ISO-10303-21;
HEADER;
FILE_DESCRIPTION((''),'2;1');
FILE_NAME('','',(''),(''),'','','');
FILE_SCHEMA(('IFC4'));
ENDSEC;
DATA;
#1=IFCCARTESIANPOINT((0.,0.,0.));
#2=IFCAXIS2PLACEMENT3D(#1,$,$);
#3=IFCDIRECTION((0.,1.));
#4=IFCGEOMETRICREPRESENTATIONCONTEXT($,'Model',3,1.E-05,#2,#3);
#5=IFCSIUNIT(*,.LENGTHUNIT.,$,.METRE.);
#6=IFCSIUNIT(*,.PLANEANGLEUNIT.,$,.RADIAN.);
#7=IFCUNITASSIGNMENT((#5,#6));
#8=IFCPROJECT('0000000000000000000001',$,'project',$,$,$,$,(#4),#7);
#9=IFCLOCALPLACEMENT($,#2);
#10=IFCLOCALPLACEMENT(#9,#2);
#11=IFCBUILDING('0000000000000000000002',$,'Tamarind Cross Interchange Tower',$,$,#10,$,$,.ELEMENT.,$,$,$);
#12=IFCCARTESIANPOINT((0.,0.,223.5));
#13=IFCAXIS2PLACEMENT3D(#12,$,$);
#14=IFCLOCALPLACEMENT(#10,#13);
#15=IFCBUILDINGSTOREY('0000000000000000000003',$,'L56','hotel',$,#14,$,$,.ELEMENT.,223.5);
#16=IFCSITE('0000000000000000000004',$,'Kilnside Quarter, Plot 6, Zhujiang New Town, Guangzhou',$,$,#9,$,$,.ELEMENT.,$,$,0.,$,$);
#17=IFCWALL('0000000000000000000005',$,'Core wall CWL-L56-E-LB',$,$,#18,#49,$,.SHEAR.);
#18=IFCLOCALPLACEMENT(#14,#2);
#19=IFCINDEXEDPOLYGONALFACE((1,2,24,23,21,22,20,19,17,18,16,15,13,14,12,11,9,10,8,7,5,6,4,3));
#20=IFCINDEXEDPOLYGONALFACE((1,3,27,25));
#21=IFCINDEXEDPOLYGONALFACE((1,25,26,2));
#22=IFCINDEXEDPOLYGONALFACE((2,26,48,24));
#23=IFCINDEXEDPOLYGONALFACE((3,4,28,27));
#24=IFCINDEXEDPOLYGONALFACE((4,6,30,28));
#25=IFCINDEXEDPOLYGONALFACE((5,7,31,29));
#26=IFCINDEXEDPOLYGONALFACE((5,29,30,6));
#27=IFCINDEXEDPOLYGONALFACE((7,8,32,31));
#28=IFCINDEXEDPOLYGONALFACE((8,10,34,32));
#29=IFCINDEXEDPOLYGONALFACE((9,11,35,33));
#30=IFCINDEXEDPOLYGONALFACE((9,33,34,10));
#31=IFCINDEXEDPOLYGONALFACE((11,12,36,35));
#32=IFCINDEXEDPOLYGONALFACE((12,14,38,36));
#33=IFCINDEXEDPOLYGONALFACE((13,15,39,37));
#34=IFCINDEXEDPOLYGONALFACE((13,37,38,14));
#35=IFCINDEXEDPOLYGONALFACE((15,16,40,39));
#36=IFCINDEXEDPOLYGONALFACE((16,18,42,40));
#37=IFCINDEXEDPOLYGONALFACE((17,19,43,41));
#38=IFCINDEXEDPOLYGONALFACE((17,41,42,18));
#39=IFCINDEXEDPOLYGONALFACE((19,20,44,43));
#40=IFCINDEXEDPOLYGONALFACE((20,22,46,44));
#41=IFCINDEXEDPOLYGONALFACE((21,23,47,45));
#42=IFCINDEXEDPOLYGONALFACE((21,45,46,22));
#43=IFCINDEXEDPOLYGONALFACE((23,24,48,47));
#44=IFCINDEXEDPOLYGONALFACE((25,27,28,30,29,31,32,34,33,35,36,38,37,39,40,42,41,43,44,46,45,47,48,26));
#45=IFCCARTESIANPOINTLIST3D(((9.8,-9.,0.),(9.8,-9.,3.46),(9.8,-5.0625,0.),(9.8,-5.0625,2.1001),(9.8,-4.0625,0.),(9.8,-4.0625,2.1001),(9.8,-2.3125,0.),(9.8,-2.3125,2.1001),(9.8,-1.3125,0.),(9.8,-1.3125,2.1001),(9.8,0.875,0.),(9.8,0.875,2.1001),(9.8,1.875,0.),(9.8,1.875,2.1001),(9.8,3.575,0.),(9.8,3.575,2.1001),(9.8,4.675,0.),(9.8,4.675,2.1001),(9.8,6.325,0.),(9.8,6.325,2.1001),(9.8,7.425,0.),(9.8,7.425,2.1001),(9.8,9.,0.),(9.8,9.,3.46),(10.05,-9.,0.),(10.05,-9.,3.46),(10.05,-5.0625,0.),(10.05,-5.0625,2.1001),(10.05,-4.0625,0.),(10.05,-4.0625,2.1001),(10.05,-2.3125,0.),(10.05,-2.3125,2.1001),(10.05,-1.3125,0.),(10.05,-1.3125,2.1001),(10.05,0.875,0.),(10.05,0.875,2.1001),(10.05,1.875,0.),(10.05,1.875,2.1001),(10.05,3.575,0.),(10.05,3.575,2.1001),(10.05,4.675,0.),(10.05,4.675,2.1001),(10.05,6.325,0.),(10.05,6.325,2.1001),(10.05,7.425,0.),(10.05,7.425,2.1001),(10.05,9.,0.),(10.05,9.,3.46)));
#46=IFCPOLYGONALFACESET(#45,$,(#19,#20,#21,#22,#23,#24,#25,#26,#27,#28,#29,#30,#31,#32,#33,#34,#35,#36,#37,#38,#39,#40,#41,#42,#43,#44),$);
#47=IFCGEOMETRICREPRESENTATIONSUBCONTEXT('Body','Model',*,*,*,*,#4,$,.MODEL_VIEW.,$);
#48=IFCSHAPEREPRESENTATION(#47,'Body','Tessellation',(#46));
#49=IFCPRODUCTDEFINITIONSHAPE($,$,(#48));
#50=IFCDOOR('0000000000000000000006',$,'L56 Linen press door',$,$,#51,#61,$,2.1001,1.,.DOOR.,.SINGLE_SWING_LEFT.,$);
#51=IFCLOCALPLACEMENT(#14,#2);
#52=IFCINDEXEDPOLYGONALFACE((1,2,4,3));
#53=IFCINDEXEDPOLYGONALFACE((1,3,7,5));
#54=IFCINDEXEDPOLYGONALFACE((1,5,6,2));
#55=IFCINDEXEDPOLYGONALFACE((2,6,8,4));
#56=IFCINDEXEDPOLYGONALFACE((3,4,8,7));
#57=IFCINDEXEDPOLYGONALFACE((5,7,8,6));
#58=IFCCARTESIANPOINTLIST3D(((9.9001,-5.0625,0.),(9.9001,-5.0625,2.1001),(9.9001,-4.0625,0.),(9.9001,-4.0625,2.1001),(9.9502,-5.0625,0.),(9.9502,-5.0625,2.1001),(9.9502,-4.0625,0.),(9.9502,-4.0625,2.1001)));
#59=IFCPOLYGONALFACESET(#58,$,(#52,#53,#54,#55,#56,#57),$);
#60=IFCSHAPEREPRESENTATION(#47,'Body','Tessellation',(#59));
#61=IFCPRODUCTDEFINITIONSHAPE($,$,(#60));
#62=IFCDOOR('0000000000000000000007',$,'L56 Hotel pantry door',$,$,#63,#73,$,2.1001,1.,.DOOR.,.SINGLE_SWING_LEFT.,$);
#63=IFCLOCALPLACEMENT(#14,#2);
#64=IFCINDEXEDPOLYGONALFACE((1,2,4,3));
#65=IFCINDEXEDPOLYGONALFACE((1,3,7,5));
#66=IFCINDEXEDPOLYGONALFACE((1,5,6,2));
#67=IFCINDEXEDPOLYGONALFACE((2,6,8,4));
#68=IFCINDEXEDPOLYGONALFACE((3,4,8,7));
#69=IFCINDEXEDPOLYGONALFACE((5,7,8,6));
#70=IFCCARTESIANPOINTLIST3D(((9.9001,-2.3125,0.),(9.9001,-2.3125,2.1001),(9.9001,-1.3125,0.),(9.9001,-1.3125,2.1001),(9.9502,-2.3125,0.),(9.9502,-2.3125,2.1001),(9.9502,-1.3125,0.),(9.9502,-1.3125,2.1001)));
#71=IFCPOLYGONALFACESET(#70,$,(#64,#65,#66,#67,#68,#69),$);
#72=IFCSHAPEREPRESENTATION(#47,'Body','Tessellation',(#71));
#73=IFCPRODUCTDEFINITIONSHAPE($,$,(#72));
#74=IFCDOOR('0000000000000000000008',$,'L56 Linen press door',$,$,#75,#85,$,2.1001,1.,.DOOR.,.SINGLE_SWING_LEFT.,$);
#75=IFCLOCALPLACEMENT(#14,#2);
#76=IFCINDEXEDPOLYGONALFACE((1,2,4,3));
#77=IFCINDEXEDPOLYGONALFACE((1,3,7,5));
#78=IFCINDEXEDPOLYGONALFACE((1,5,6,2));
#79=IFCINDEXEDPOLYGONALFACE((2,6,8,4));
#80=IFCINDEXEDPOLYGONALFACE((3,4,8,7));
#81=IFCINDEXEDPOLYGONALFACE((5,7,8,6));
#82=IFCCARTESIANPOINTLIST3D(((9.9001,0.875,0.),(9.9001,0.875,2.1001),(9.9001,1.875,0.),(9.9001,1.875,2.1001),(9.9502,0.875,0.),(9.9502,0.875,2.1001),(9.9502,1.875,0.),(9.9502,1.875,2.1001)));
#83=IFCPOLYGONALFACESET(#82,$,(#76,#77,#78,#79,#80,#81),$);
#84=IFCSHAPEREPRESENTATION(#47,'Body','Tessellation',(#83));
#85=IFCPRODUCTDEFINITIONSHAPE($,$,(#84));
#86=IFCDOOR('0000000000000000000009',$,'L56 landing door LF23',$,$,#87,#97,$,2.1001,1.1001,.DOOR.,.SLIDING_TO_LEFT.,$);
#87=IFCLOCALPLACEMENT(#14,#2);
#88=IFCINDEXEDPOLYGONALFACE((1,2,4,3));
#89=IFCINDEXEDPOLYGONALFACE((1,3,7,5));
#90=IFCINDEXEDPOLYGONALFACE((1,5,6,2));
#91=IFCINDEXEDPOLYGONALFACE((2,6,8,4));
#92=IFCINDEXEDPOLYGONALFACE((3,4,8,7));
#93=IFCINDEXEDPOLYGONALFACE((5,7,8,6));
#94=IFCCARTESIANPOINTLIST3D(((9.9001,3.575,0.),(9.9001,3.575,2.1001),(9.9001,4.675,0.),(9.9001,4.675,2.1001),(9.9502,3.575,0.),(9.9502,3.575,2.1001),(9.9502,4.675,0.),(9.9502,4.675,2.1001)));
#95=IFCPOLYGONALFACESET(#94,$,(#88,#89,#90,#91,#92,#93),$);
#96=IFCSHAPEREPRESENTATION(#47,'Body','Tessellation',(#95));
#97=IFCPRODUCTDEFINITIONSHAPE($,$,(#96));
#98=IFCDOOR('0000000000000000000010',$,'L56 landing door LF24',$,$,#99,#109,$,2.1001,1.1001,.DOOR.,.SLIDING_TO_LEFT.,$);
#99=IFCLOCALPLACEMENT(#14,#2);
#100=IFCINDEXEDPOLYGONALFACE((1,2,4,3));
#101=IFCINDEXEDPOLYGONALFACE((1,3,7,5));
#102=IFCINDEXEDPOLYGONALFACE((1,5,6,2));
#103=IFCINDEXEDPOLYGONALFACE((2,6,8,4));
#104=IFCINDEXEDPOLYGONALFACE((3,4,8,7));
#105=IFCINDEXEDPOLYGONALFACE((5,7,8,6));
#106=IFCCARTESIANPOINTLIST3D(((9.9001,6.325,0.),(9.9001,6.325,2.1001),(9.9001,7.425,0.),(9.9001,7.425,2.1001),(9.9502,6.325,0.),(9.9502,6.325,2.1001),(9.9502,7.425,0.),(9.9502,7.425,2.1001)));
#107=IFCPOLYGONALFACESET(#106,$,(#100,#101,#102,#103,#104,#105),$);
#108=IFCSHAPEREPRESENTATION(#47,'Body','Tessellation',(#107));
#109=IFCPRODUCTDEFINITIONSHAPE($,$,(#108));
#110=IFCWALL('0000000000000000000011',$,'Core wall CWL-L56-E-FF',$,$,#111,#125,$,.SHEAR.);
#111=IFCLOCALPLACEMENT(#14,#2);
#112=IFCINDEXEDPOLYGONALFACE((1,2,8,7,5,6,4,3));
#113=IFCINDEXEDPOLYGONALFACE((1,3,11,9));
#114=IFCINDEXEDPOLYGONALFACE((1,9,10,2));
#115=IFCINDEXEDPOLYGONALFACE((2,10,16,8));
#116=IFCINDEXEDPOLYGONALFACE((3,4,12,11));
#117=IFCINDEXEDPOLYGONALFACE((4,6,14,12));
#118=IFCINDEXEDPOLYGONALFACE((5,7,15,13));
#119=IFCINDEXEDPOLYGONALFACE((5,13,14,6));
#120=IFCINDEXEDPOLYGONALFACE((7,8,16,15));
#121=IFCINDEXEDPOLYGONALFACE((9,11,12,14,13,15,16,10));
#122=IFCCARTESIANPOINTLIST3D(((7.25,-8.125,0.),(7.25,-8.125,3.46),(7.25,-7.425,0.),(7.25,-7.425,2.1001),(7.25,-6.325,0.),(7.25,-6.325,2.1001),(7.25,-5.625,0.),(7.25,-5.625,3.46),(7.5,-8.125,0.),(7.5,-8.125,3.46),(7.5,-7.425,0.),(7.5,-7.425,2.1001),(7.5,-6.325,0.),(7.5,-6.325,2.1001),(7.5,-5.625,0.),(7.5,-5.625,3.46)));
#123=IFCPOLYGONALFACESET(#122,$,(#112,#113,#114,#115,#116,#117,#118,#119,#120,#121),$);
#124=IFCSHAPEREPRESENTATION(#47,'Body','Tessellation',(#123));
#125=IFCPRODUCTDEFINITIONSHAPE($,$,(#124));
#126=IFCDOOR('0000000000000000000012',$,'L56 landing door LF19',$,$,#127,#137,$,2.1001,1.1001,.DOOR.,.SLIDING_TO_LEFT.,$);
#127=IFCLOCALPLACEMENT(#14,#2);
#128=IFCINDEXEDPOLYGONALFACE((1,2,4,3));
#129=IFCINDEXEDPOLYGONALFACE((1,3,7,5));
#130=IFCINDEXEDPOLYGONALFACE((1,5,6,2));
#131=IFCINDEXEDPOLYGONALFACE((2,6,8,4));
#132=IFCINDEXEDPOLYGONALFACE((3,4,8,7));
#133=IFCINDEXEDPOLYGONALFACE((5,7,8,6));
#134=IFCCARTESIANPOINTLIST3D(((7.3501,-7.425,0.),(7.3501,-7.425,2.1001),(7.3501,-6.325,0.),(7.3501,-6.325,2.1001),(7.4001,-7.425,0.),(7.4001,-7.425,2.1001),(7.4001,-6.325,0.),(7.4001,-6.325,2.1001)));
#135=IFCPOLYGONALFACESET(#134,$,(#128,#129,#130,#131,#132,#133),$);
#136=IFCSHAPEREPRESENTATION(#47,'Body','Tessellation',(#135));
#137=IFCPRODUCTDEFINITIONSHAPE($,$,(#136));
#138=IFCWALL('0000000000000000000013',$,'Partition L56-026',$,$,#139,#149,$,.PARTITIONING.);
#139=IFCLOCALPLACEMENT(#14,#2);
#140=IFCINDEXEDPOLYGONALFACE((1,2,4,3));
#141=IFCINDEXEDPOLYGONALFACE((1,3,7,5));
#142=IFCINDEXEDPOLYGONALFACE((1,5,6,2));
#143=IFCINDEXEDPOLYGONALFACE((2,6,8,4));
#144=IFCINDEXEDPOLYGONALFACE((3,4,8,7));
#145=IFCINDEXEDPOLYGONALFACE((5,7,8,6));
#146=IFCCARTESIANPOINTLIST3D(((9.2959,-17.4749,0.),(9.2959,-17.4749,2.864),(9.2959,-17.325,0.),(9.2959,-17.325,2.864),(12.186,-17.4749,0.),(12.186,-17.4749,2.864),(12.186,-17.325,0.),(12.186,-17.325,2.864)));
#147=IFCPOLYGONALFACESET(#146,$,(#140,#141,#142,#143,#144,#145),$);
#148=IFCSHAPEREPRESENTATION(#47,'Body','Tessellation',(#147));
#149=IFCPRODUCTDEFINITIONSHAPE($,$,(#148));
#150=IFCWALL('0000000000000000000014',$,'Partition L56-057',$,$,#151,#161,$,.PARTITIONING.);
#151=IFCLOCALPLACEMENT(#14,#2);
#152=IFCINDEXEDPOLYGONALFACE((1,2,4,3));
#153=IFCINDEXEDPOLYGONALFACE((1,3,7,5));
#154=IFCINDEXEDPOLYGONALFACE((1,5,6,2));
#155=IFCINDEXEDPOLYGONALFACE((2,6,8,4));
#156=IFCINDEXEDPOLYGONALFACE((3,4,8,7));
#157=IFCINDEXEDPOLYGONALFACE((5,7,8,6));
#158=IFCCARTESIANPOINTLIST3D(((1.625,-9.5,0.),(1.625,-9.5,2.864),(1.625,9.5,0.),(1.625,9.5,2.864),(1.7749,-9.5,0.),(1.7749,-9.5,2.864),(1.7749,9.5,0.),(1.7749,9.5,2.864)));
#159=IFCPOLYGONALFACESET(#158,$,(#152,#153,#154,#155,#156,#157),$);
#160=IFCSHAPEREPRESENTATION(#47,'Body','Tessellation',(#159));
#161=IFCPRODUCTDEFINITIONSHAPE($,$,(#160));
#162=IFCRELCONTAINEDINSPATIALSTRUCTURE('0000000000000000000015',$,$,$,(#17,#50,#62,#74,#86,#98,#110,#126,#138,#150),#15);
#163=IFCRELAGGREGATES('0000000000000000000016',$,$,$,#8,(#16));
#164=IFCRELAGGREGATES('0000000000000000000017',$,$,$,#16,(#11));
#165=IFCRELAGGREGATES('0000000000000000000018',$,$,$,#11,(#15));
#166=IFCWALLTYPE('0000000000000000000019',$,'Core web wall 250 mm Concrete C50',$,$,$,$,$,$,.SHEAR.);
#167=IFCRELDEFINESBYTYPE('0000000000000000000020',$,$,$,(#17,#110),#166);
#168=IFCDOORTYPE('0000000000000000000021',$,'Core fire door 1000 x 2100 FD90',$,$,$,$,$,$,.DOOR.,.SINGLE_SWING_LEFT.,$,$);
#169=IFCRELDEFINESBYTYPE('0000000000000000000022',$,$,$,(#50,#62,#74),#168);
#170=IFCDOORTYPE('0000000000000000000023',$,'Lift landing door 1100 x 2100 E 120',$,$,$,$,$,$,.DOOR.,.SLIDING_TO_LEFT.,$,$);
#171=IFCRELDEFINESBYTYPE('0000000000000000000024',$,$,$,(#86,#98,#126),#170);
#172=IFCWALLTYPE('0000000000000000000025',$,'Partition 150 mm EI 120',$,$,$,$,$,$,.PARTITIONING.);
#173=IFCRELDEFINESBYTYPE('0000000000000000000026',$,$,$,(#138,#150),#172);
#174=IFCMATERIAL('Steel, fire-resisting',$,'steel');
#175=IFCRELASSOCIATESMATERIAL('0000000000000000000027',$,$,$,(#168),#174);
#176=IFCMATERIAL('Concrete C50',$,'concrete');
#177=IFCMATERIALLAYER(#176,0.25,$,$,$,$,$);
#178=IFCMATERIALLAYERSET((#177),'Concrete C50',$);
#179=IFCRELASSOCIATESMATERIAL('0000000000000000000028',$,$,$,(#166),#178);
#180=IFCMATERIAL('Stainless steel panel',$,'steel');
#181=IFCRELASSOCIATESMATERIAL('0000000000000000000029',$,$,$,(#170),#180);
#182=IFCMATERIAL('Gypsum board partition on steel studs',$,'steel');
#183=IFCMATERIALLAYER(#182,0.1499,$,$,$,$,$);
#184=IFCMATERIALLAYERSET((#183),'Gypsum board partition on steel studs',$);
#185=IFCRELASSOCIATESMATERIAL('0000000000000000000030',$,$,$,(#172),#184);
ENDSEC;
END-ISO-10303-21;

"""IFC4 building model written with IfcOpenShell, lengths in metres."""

from ifc_helpers import new_model, si_unit, direction, frame, frame_2d, origin, place, context, subcontext, project, spatial, rectangle, extrude, material, layer, layer_set, type_object, element, fill, save


model = new_model("IFC4")

# Units and contexts
model_context = context("Model", 3, precision=1e-05, world=origin(), true_north=direction((0.0, 1.0)))
body_context = subcontext(model_context, "Body", "Model", "MODEL_VIEW")
ifc_project = project(units=[si_unit("LENGTHUNIT", "METRE"), si_unit("PLANEANGLEUNIT", "RADIAN")], contexts=[model_context])

# Site, building, storey
site_placement = place(None, origin())
site = spatial("IfcSite", under=ifc_project, at=site_placement, Name="Kilnside Quarter, Plot 6, Zhujiang New Town, Guangzhou", CompositionType="ELEMENT", RefElevation=0.0)
building_placement = place(site_placement, origin())
building = spatial("IfcBuilding", under=site, at=building_placement, Name="Tamarind Cross Interchange Tower", CompositionType="ELEMENT")
storey_placement = place(building_placement, frame((0.0, 0.0, 223.5)))
storey = spatial("IfcBuildingStorey", under=building, at=storey_placement, Name="L56", Description="hotel", CompositionType="ELEMENT", Elevation=223.5)

# Shared definitions
ifc_material_1 = material(Name="Concrete C50", Category="concrete")
ifc_material_2 = material(Name="Steel, fire-resisting", Category="steel")
door_type_1 = type_object("IfcDoorType", Name="Core fire door 1000 x 2100 FD90", OperationType="SINGLE_SWING_LEFT", PredefinedType="DOOR", material=ifc_material_2)

# Shared definitions
ifc_layer_1 = layer(ifc_material_1, 0.25)
ifc_layer_set_1 = layer_set([ifc_layer_1], Name="Concrete C50")
wall_type_1 = type_object("IfcWallType", Name="Core web wall 250 mm Concrete C50", PredefinedType="SHEAR", material=ifc_layer_set_1)

# Wall, openings, doors
wall_1_placement = place(storey_placement, frame((9.925, -9.0, 0.0), z_axis=(0.0, 0.0, 1.0), x_axis=(0.0, 1.0, 0.0)))
wall_1 = element("IfcWall", 1, at=wall_1_placement, inside=storey, type_object=wall_type_1, Name="Core wall CWL-L56-E-LB", PredefinedType="SHEAR", context=body_context, shape_type="SweptSolid", body=[
    extrude(rectangle(XDim=18.0, YDim=0.25, at=frame_2d((9.0, 0.0))), origin(), (0.0, 0.0, 1.0), 3.46),
])
opening_1_placement = place(wall_1_placement, frame((12.575, 0.0, 0.0)))
opening_1 = element("IfcOpeningElement", 2, at=opening_1_placement, cuts=wall_1, PredefinedType="OPENING", context=body_context, shape_type="SweptSolid", body=[
    extrude(rectangle(XDim=1.1001, YDim=2.1001, at=frame_2d((0.55, 1.05))), frame((0.0, 0.135, 0.0), z_axis=(0.0, -1.0, 0.0), x_axis=(1.0, 0.0, 0.0)), (0.0, 0.0, 1.0), 0.27),
])
opening_2_placement = place(wall_1_placement, frame((15.325, 0.0, 0.0)))
opening_2 = element("IfcOpeningElement", 3, at=opening_2_placement, cuts=wall_1, PredefinedType="OPENING", context=body_context, shape_type="SweptSolid", body=[
    extrude(rectangle(XDim=1.1001, YDim=2.1001, at=frame_2d((0.55, 1.05))), frame((0.0, 0.135, 0.0), z_axis=(0.0, -1.0, 0.0), x_axis=(1.0, 0.0, 0.0)), (0.0, 0.0, 1.0), 0.27),
])
opening_3_placement = place(wall_1_placement, frame((3.9375, 0.0, 0.0)))
opening_3 = element("IfcOpeningElement", 4, at=opening_3_placement, cuts=wall_1, PredefinedType="OPENING", context=body_context, shape_type="SweptSolid", body=[
    extrude(rectangle(XDim=1.0, YDim=2.1001, at=frame_2d((0.5, 1.05))), frame((0.0, 0.135, 0.0), z_axis=(0.0, -1.0, 0.0), x_axis=(1.0, 0.0, 0.0)), (0.0, 0.0, 1.0), 0.27),
])
opening_4_placement = place(wall_1_placement, frame((6.6875, 0.0, 0.0)))
opening_4 = element("IfcOpeningElement", 5, at=opening_4_placement, cuts=wall_1, PredefinedType="OPENING", context=body_context, shape_type="SweptSolid", body=[
    extrude(rectangle(XDim=1.0, YDim=2.1001, at=frame_2d((0.5, 1.05))), frame((0.0, 0.135, 0.0), z_axis=(0.0, -1.0, 0.0), x_axis=(1.0, 0.0, 0.0)), (0.0, 0.0, 1.0), 0.27),
])
opening_5_placement = place(wall_1_placement, frame((9.875, 0.0, 0.0)))
opening_5 = element("IfcOpeningElement", 6, at=opening_5_placement, cuts=wall_1, PredefinedType="OPENING", context=body_context, shape_type="SweptSolid", body=[
    extrude(rectangle(XDim=1.0, YDim=2.1001, at=frame_2d((0.5, 1.05))), frame((0.0, 0.135, 0.0), z_axis=(0.0, -1.0, 0.0), x_axis=(1.0, 0.0, 0.0)), (0.0, 0.0, 1.0), 0.27),
])
door_1_placement = place(opening_3_placement, origin())
door_1 = element("IfcDoor", 7, at=door_1_placement, inside=storey, type_object=door_type_1, Name="L56 Linen press door", OperationType="SINGLE_SWING_LEFT", OverallHeight=2.1001, OverallWidth=1.0, PredefinedType="DOOR", context=body_context, shape_type="SweptSolid", body=[
    extrude(rectangle(XDim=1.0, YDim=2.1001, at=frame_2d((0.5, 1.05))), frame((0.0, 0.0249, 0.0), z_axis=(0.0, -1.0, 0.0), x_axis=(1.0, 0.0, 0.0)), (0.0, 0.0, 1.0), 0.05),
])
fill(opening_3, door_1)
door_2_placement = place(opening_4_placement, origin())
door_2 = element("IfcDoor", 8, at=door_2_placement, inside=storey, type_object=door_type_1, Name="L56 Hotel pantry door", OperationType="SINGLE_SWING_LEFT", OverallHeight=2.1001, OverallWidth=1.0, PredefinedType="DOOR", context=body_context, shape_type="SweptSolid", body=[
    extrude(rectangle(XDim=1.0, YDim=2.1001, at=frame_2d((0.5, 1.05))), frame((0.0, 0.0249, 0.0), z_axis=(0.0, -1.0, 0.0), x_axis=(1.0, 0.0, 0.0)), (0.0, 0.0, 1.0), 0.05),
])
fill(opening_4, door_2)
door_3_placement = place(opening_5_placement, origin())
door_3 = element("IfcDoor", 9, at=door_3_placement, inside=storey, type_object=door_type_1, Name="L56 Linen press door", OperationType="SINGLE_SWING_LEFT", OverallHeight=2.1001, OverallWidth=1.0, PredefinedType="DOOR", context=body_context, shape_type="SweptSolid", body=[
    extrude(rectangle(XDim=1.0, YDim=2.1001, at=frame_2d((0.5, 1.05))), frame((0.0, 0.0249, 0.0), z_axis=(0.0, -1.0, 0.0), x_axis=(1.0, 0.0, 0.0)), (0.0, 0.0, 1.0), 0.05),
])
fill(opening_5, door_3)
ifc_material_3 = material(Name="Stainless steel panel", Category="steel")
door_type_2 = type_object("IfcDoorType", Name="Lift landing door 1100 x 2100 E 120", OperationType="SLIDING_TO_LEFT", PredefinedType="DOOR", material=ifc_material_3)
door_4_placement = place(opening_1_placement, origin())
door_4 = element("IfcDoor", 10, at=door_4_placement, inside=storey, type_object=door_type_2, Name="L56 landing door LF23", OperationType="SLIDING_TO_LEFT", OverallHeight=2.1001, OverallWidth=1.1001, PredefinedType="DOOR", context=body_context, shape_type="SweptSolid", body=[
    extrude(rectangle(XDim=1.1001, YDim=2.1001, at=frame_2d((0.55, 1.05))), frame((0.0, 0.0249, 0.0), z_axis=(0.0, -1.0, 0.0), x_axis=(1.0, 0.0, 0.0)), (0.0, 0.0, 1.0), 0.05),
])
fill(opening_1, door_4)
door_5_placement = place(opening_2_placement, origin())
door_5 = element("IfcDoor", 11, at=door_5_placement, inside=storey, type_object=door_type_2, Name="L56 landing door LF24", OperationType="SLIDING_TO_LEFT", OverallHeight=2.1001, OverallWidth=1.1001, PredefinedType="DOOR", context=body_context, shape_type="SweptSolid", body=[
    extrude(rectangle(XDim=1.1001, YDim=2.1001, at=frame_2d((0.55, 1.05))), frame((0.0, 0.0249, 0.0), z_axis=(0.0, -1.0, 0.0), x_axis=(1.0, 0.0, 0.0)), (0.0, 0.0, 1.0), 0.05),
])
fill(opening_2, door_5)

# Wall, opening, door
wall_2_placement = place(storey_placement, frame((7.375, -8.125, 0.0), z_axis=(0.0, 0.0, 1.0), x_axis=(0.0, 1.0, 0.0)))
wall_2 = element("IfcWall", 12, at=wall_2_placement, inside=storey, type_object=wall_type_1, Name="Core wall CWL-L56-E-FF", PredefinedType="SHEAR", context=body_context, shape_type="SweptSolid", body=[
    extrude(rectangle(XDim=2.5, YDim=0.25, at=frame_2d((1.25, 0.0))), origin(), (0.0, 0.0, 1.0), 3.46),
])
opening_6_placement = place(wall_2_placement, frame((0.7, 0.0, 0.0)))
opening_6 = element("IfcOpeningElement", 13, at=opening_6_placement, cuts=wall_2, PredefinedType="OPENING", context=body_context, shape_type="SweptSolid", body=[
    extrude(rectangle(XDim=1.1001, YDim=2.1001, at=frame_2d((0.55, 1.05))), frame((0.0, 0.135, 0.0), z_axis=(0.0, -1.0, 0.0), x_axis=(1.0, 0.0, 0.0)), (0.0, 0.0, 1.0), 0.27),
])
door_6_placement = place(opening_6_placement, origin())
door_6 = element("IfcDoor", 14, at=door_6_placement, inside=storey, type_object=door_type_2, Name="L56 landing door LF19", OperationType="SLIDING_TO_LEFT", OverallHeight=2.1001, OverallWidth=1.1001, PredefinedType="DOOR", context=body_context, shape_type="SweptSolid", body=[
    extrude(rectangle(XDim=1.1001, YDim=2.1001, at=frame_2d((0.55, 1.05))), frame((0.0, 0.0249, 0.0), z_axis=(0.0, -1.0, 0.0), x_axis=(1.0, 0.0, 0.0)), (0.0, 0.0, 1.0), 0.05),
])
fill(opening_6, door_6)

# Walls
ifc_material_4 = material(Name="Gypsum board partition on steel studs", Category="steel")
ifc_layer_2 = layer(ifc_material_4, 0.1499)
ifc_layer_set_2 = layer_set([ifc_layer_2], Name="Gypsum board partition on steel studs")
wall_type_2 = type_object("IfcWallType", Name="Partition 150 mm EI 120", PredefinedType="PARTITIONING", material=ifc_layer_set_2)
wall_3_placement = place(storey_placement, frame((9.2959, -17.3999, 0.0), z_axis=(0.0, 0.0, 1.0), x_axis=(1.0, 0.0, 0.0)))
element("IfcWall", 15, at=wall_3_placement, inside=storey, type_object=wall_type_2, Name="Partition L56-026", PredefinedType="PARTITIONING", context=body_context, shape_type="SweptSolid", body=[
    extrude(rectangle(XDim=2.8901, YDim=0.1499, at=frame_2d((1.4451, 0.0))), origin(), (0.0, 0.0, 1.0), 2.864),
])
wall_4_placement = place(storey_placement, frame((1.7, -9.5, 0.0), z_axis=(0.0, 0.0, 1.0), x_axis=(0.0, 1.0, 0.0)))
element("IfcWall", 16, at=wall_4_placement, inside=storey, type_object=wall_type_2, Name="Partition L56-057", PredefinedType="PARTITIONING", context=body_context, shape_type="SweptSolid", body=[
    extrude(rectangle(XDim=19.0, YDim=0.1499, at=frame_2d((9.5, 0.0))), origin(), (0.0, 0.0, 1.0), 2.864),
])

save(model, "model.ifc")
